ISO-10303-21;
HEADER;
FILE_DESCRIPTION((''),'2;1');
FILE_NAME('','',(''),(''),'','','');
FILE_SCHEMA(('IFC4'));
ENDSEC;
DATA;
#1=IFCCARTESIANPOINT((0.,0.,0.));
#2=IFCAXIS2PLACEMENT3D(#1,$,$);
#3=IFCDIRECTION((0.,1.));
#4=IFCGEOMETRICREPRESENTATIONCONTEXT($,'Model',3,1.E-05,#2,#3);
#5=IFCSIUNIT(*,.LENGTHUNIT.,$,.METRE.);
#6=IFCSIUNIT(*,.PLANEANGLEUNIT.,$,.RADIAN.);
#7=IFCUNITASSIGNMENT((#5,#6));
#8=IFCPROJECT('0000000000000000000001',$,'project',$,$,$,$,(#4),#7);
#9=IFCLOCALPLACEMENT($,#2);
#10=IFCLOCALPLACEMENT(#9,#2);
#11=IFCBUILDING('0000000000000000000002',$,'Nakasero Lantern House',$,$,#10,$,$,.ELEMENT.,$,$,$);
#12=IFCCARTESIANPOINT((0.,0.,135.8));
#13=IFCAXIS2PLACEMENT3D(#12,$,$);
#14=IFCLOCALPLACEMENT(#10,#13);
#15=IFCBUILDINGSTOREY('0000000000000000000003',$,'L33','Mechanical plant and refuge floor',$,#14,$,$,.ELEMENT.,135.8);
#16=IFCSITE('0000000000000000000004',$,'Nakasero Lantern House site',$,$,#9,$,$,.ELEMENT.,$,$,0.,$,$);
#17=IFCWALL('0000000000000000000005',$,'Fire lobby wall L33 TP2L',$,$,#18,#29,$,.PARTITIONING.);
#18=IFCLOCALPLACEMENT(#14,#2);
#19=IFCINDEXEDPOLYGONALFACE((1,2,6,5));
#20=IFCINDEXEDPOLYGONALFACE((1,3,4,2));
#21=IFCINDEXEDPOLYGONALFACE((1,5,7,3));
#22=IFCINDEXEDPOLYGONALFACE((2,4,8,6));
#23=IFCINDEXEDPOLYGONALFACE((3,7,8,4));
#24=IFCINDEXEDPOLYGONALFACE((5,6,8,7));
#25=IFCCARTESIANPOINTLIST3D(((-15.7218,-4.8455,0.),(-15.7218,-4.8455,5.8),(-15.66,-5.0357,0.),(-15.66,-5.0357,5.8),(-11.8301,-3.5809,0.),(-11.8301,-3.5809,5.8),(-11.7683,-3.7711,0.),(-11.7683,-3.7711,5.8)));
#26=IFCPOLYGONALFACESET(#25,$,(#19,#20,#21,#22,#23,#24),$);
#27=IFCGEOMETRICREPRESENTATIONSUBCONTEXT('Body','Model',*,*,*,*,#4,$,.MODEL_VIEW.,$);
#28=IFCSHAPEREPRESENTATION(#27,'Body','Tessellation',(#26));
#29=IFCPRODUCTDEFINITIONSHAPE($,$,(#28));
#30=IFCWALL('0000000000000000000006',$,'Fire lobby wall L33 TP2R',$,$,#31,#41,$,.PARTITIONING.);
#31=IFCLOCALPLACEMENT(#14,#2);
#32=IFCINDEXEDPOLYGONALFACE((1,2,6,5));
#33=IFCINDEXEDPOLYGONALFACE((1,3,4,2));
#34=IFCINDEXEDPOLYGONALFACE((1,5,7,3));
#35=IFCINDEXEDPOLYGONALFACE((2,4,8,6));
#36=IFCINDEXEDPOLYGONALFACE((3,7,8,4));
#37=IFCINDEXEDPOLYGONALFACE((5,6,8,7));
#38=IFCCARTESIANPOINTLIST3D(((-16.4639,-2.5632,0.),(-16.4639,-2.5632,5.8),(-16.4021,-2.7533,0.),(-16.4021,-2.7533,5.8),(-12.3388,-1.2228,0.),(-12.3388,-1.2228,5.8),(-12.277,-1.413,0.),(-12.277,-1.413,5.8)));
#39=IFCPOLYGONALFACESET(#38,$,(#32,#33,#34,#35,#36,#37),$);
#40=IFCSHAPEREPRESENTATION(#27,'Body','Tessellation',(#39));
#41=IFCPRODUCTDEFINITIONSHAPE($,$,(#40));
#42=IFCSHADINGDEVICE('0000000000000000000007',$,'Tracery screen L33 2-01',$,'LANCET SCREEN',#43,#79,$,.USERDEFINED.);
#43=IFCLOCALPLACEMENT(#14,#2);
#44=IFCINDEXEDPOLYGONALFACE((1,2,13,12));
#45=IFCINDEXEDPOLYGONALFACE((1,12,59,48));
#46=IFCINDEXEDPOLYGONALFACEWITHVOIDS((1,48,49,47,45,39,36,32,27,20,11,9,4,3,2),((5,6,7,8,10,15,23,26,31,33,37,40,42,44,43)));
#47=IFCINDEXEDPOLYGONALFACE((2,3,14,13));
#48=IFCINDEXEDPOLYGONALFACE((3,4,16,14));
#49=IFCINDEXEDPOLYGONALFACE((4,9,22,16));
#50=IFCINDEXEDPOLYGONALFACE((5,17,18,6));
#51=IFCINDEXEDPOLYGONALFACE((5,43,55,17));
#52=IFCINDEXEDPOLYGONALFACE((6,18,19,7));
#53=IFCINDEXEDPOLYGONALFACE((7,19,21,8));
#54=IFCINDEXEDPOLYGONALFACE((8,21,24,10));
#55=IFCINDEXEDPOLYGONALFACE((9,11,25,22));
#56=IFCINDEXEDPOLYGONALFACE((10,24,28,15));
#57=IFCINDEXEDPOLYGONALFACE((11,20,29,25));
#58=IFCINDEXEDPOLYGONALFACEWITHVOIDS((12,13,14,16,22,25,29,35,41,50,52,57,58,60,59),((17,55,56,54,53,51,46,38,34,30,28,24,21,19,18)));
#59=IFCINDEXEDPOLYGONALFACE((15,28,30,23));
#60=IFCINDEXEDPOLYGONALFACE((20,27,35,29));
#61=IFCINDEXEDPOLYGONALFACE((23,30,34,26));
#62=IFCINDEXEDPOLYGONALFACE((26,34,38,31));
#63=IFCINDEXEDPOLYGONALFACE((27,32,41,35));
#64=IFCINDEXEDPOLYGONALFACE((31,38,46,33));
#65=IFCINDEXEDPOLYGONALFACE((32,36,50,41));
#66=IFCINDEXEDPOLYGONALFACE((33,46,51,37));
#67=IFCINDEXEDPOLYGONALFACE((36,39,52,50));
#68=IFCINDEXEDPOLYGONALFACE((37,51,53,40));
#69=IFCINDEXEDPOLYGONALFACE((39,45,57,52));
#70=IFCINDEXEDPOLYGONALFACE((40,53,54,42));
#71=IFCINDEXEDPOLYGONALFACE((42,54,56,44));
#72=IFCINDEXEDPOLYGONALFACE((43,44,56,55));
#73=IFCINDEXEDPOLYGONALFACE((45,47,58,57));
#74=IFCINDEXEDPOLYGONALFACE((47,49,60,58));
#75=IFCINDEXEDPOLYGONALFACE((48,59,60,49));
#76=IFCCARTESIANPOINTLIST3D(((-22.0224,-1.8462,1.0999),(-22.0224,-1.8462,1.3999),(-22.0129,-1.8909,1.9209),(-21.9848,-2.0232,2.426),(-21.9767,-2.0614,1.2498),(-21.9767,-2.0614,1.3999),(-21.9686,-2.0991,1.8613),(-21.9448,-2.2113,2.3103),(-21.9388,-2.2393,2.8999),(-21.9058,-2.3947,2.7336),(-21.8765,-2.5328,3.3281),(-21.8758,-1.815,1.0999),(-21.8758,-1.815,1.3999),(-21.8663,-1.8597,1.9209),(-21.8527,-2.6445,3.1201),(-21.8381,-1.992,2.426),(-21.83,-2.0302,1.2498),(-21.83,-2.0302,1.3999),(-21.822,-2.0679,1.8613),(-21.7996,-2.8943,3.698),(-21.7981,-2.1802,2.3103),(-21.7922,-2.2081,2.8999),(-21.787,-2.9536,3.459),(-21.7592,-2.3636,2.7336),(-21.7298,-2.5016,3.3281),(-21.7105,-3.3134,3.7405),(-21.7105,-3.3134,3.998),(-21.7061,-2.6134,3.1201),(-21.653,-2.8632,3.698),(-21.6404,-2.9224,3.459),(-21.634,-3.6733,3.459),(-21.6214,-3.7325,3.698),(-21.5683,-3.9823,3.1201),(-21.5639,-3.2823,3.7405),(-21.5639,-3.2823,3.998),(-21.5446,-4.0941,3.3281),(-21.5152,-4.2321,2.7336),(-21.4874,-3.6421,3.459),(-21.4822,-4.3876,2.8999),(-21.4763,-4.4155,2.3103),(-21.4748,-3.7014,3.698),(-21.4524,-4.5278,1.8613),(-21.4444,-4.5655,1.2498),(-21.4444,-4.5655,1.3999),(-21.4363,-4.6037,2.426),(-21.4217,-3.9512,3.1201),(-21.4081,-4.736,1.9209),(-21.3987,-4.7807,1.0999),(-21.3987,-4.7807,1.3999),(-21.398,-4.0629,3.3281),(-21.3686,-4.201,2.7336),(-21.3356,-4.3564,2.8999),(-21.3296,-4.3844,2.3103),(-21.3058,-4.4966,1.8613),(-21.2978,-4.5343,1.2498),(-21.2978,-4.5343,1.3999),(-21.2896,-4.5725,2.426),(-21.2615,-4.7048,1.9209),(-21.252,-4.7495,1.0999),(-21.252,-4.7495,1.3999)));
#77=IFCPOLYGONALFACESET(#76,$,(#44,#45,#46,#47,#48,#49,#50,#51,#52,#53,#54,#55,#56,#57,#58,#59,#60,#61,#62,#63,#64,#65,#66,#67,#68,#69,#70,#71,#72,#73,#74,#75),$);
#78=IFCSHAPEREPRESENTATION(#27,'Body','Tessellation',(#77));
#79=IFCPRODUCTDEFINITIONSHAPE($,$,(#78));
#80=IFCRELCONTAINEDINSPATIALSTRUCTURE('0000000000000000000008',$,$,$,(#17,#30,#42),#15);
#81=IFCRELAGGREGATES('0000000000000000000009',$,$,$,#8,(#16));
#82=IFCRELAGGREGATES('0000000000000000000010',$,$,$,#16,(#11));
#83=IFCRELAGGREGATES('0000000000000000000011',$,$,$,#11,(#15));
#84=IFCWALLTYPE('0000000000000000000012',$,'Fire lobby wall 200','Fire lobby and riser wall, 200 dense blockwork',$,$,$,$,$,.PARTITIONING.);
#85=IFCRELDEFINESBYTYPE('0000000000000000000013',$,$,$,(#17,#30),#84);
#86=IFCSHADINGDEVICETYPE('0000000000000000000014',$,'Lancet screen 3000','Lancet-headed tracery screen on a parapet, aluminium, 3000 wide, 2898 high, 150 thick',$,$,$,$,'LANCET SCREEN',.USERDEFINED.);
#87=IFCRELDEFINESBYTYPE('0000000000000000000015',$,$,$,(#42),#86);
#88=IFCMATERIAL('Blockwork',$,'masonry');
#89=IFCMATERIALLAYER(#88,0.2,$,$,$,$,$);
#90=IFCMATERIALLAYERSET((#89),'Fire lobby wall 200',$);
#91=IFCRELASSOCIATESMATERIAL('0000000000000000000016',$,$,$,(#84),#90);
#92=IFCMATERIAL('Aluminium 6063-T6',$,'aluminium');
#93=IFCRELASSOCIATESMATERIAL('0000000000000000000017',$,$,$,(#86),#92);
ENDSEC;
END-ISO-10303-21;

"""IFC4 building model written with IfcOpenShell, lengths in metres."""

from ifc_helpers import new_model, si_unit, direction, frame, frame_2d, origin, place, context, subcontext, project, spatial, polyline, rectangle, outline, extrude, material, layer, layer_set, type_object, element, save


model = new_model("IFC4")

# Units and contexts
model_context = context("Model", 3, precision=1e-05, world=origin(), true_north=direction((0.0, 1.0)))
body_context = subcontext(model_context, "Body", "Model", "MODEL_VIEW")
ifc_project = project(units=[si_unit("LENGTHUNIT", "METRE"), si_unit("PLANEANGLEUNIT", "RADIAN")], contexts=[model_context])

# Site, building, storey
site_placement = place(None, origin())
site = spatial("IfcSite", under=ifc_project, at=site_placement, Name="Nakasero Lantern House site", CompositionType="ELEMENT", RefElevation=0.0)
building_placement = place(site_placement, origin())
building = spatial("IfcBuilding", under=site, at=building_placement, Name="Nakasero Lantern House", CompositionType="ELEMENT")
storey_placement = place(building_placement, frame((0.0, 0.0, 135.8)))
storey = spatial("IfcBuildingStorey", under=building, at=storey_placement, Name="L33", Description="Mechanical plant and refuge floor", CompositionType="ELEMENT", Elevation=135.8)

# Walls
ifc_material_1 = material(Name="Blockwork", Category="masonry")
ifc_layer_1 = layer(ifc_material_1, 0.2)
ifc_layer_set_1 = layer_set([ifc_layer_1], Name="Fire lobby wall 200")
wall_type_1 = type_object("IfcWallType", Name="Fire lobby wall 200", Description="Fire lobby and riser wall, 200 dense blockwork", PredefinedType="PARTITIONING", material=ifc_layer_set_1)
wall_1_placement = place(storey_placement, frame((-11.7993, -3.676, 0.0), z_axis=(0.0, 0.0, 1.0), x_axis=(-0.951049, -0.309042, 0.0)))
element("IfcWall", 1, at=wall_1_placement, inside=storey, type_object=wall_type_1, Name="Fire lobby wall L33 TP2L", PredefinedType="PARTITIONING", context=body_context, shape_type="SweptSolid", body=[
    extrude(rectangle(XDim=4.092, YDim=0.2, at=frame_2d((2.0459, 0.0))), origin(), (0.0, 0.0, 1.0), 5.8),
])
wall_2_placement = place(storey_placement, frame((-12.3079, -1.3179, 0.0), z_axis=(0.0, 0.0, 1.0), x_axis=(-0.951054, -0.309025, 0.0)))
element("IfcWall", 2, at=wall_2_placement, inside=storey, type_object=wall_type_1, Name="Fire lobby wall L33 TP2R", PredefinedType="PARTITIONING", context=body_context, shape_type="SweptSolid", body=[
    extrude(rectangle(XDim=4.3374, YDim=0.2, at=frame_2d((2.1687, 0.0))), origin(), (0.0, 0.0, 1.0), 5.8),
])

# Shading device
ifc_material_2 = material(Name="Aluminium 6063-T6", Category="aluminium")
shading_device_type = type_object("IfcShadingDeviceType", Name="Lancet screen 3000", Description="Lancet-headed tracery screen on a parapet, aluminium, 3000 wide, 2898 high, 150 thick", ElementType="LANCET SCREEN", PredefinedType="USERDEFINED", material=ifc_material_2)
shading_device_placement = place(storey_placement, frame((-21.6372, -3.2979, 1.0999), z_axis=(0.0, 0.0, 1.0), x_axis=(0.207912, -0.978148, 0.0)))
element("IfcShadingDevice", 3, at=shading_device_placement, inside=storey, type_object=shading_device_type, Name="Tracery screen L33 2-01", ObjectType="LANCET SCREEN", PredefinedType="USERDEFINED", context=body_context, shape_type="SweptSolid", body=[
    extrude(outline(polyline([(-1.5, 0.0), (1.5, 0.0), (1.5, 0.3), (1.4543, 0.821), (1.3191, 1.3262), (1.0981, 1.8), (0.7981, 2.2283), (0.4285, 2.5981), (0.0, 2.8982), (-0.4285, 2.5981), (-0.7981, 2.2283), (-1.0981, 1.8), (-1.3191, 1.3262), (-1.4543, 0.821), (-1.5, 0.3), (-1.5, 0.0)]), holes=[polyline([(-1.28, 0.1499), (1.28, 0.1499), (1.28, 0.3), (1.2415, 0.7615), (1.1267, 1.2104), (0.9392, 1.6338), (0.6838, 2.0203), (0.3679, 2.3591), (0.0, 2.6406), (-0.3679, 2.3591), (-0.6838, 2.0203), (-0.9392, 1.6338), (-1.1267, 1.2104), (-1.2415, 0.7615), (-1.28, 0.3), (-1.28, 0.1499)])]), frame((0.0, 0.075, 0.0), z_axis=(0.0, -1.0, 0.0), x_axis=(1.0, 0.0, 0.0)), (0.0, 0.0, 1.0), 0.1499),
])

save(model, "model.ifc")
